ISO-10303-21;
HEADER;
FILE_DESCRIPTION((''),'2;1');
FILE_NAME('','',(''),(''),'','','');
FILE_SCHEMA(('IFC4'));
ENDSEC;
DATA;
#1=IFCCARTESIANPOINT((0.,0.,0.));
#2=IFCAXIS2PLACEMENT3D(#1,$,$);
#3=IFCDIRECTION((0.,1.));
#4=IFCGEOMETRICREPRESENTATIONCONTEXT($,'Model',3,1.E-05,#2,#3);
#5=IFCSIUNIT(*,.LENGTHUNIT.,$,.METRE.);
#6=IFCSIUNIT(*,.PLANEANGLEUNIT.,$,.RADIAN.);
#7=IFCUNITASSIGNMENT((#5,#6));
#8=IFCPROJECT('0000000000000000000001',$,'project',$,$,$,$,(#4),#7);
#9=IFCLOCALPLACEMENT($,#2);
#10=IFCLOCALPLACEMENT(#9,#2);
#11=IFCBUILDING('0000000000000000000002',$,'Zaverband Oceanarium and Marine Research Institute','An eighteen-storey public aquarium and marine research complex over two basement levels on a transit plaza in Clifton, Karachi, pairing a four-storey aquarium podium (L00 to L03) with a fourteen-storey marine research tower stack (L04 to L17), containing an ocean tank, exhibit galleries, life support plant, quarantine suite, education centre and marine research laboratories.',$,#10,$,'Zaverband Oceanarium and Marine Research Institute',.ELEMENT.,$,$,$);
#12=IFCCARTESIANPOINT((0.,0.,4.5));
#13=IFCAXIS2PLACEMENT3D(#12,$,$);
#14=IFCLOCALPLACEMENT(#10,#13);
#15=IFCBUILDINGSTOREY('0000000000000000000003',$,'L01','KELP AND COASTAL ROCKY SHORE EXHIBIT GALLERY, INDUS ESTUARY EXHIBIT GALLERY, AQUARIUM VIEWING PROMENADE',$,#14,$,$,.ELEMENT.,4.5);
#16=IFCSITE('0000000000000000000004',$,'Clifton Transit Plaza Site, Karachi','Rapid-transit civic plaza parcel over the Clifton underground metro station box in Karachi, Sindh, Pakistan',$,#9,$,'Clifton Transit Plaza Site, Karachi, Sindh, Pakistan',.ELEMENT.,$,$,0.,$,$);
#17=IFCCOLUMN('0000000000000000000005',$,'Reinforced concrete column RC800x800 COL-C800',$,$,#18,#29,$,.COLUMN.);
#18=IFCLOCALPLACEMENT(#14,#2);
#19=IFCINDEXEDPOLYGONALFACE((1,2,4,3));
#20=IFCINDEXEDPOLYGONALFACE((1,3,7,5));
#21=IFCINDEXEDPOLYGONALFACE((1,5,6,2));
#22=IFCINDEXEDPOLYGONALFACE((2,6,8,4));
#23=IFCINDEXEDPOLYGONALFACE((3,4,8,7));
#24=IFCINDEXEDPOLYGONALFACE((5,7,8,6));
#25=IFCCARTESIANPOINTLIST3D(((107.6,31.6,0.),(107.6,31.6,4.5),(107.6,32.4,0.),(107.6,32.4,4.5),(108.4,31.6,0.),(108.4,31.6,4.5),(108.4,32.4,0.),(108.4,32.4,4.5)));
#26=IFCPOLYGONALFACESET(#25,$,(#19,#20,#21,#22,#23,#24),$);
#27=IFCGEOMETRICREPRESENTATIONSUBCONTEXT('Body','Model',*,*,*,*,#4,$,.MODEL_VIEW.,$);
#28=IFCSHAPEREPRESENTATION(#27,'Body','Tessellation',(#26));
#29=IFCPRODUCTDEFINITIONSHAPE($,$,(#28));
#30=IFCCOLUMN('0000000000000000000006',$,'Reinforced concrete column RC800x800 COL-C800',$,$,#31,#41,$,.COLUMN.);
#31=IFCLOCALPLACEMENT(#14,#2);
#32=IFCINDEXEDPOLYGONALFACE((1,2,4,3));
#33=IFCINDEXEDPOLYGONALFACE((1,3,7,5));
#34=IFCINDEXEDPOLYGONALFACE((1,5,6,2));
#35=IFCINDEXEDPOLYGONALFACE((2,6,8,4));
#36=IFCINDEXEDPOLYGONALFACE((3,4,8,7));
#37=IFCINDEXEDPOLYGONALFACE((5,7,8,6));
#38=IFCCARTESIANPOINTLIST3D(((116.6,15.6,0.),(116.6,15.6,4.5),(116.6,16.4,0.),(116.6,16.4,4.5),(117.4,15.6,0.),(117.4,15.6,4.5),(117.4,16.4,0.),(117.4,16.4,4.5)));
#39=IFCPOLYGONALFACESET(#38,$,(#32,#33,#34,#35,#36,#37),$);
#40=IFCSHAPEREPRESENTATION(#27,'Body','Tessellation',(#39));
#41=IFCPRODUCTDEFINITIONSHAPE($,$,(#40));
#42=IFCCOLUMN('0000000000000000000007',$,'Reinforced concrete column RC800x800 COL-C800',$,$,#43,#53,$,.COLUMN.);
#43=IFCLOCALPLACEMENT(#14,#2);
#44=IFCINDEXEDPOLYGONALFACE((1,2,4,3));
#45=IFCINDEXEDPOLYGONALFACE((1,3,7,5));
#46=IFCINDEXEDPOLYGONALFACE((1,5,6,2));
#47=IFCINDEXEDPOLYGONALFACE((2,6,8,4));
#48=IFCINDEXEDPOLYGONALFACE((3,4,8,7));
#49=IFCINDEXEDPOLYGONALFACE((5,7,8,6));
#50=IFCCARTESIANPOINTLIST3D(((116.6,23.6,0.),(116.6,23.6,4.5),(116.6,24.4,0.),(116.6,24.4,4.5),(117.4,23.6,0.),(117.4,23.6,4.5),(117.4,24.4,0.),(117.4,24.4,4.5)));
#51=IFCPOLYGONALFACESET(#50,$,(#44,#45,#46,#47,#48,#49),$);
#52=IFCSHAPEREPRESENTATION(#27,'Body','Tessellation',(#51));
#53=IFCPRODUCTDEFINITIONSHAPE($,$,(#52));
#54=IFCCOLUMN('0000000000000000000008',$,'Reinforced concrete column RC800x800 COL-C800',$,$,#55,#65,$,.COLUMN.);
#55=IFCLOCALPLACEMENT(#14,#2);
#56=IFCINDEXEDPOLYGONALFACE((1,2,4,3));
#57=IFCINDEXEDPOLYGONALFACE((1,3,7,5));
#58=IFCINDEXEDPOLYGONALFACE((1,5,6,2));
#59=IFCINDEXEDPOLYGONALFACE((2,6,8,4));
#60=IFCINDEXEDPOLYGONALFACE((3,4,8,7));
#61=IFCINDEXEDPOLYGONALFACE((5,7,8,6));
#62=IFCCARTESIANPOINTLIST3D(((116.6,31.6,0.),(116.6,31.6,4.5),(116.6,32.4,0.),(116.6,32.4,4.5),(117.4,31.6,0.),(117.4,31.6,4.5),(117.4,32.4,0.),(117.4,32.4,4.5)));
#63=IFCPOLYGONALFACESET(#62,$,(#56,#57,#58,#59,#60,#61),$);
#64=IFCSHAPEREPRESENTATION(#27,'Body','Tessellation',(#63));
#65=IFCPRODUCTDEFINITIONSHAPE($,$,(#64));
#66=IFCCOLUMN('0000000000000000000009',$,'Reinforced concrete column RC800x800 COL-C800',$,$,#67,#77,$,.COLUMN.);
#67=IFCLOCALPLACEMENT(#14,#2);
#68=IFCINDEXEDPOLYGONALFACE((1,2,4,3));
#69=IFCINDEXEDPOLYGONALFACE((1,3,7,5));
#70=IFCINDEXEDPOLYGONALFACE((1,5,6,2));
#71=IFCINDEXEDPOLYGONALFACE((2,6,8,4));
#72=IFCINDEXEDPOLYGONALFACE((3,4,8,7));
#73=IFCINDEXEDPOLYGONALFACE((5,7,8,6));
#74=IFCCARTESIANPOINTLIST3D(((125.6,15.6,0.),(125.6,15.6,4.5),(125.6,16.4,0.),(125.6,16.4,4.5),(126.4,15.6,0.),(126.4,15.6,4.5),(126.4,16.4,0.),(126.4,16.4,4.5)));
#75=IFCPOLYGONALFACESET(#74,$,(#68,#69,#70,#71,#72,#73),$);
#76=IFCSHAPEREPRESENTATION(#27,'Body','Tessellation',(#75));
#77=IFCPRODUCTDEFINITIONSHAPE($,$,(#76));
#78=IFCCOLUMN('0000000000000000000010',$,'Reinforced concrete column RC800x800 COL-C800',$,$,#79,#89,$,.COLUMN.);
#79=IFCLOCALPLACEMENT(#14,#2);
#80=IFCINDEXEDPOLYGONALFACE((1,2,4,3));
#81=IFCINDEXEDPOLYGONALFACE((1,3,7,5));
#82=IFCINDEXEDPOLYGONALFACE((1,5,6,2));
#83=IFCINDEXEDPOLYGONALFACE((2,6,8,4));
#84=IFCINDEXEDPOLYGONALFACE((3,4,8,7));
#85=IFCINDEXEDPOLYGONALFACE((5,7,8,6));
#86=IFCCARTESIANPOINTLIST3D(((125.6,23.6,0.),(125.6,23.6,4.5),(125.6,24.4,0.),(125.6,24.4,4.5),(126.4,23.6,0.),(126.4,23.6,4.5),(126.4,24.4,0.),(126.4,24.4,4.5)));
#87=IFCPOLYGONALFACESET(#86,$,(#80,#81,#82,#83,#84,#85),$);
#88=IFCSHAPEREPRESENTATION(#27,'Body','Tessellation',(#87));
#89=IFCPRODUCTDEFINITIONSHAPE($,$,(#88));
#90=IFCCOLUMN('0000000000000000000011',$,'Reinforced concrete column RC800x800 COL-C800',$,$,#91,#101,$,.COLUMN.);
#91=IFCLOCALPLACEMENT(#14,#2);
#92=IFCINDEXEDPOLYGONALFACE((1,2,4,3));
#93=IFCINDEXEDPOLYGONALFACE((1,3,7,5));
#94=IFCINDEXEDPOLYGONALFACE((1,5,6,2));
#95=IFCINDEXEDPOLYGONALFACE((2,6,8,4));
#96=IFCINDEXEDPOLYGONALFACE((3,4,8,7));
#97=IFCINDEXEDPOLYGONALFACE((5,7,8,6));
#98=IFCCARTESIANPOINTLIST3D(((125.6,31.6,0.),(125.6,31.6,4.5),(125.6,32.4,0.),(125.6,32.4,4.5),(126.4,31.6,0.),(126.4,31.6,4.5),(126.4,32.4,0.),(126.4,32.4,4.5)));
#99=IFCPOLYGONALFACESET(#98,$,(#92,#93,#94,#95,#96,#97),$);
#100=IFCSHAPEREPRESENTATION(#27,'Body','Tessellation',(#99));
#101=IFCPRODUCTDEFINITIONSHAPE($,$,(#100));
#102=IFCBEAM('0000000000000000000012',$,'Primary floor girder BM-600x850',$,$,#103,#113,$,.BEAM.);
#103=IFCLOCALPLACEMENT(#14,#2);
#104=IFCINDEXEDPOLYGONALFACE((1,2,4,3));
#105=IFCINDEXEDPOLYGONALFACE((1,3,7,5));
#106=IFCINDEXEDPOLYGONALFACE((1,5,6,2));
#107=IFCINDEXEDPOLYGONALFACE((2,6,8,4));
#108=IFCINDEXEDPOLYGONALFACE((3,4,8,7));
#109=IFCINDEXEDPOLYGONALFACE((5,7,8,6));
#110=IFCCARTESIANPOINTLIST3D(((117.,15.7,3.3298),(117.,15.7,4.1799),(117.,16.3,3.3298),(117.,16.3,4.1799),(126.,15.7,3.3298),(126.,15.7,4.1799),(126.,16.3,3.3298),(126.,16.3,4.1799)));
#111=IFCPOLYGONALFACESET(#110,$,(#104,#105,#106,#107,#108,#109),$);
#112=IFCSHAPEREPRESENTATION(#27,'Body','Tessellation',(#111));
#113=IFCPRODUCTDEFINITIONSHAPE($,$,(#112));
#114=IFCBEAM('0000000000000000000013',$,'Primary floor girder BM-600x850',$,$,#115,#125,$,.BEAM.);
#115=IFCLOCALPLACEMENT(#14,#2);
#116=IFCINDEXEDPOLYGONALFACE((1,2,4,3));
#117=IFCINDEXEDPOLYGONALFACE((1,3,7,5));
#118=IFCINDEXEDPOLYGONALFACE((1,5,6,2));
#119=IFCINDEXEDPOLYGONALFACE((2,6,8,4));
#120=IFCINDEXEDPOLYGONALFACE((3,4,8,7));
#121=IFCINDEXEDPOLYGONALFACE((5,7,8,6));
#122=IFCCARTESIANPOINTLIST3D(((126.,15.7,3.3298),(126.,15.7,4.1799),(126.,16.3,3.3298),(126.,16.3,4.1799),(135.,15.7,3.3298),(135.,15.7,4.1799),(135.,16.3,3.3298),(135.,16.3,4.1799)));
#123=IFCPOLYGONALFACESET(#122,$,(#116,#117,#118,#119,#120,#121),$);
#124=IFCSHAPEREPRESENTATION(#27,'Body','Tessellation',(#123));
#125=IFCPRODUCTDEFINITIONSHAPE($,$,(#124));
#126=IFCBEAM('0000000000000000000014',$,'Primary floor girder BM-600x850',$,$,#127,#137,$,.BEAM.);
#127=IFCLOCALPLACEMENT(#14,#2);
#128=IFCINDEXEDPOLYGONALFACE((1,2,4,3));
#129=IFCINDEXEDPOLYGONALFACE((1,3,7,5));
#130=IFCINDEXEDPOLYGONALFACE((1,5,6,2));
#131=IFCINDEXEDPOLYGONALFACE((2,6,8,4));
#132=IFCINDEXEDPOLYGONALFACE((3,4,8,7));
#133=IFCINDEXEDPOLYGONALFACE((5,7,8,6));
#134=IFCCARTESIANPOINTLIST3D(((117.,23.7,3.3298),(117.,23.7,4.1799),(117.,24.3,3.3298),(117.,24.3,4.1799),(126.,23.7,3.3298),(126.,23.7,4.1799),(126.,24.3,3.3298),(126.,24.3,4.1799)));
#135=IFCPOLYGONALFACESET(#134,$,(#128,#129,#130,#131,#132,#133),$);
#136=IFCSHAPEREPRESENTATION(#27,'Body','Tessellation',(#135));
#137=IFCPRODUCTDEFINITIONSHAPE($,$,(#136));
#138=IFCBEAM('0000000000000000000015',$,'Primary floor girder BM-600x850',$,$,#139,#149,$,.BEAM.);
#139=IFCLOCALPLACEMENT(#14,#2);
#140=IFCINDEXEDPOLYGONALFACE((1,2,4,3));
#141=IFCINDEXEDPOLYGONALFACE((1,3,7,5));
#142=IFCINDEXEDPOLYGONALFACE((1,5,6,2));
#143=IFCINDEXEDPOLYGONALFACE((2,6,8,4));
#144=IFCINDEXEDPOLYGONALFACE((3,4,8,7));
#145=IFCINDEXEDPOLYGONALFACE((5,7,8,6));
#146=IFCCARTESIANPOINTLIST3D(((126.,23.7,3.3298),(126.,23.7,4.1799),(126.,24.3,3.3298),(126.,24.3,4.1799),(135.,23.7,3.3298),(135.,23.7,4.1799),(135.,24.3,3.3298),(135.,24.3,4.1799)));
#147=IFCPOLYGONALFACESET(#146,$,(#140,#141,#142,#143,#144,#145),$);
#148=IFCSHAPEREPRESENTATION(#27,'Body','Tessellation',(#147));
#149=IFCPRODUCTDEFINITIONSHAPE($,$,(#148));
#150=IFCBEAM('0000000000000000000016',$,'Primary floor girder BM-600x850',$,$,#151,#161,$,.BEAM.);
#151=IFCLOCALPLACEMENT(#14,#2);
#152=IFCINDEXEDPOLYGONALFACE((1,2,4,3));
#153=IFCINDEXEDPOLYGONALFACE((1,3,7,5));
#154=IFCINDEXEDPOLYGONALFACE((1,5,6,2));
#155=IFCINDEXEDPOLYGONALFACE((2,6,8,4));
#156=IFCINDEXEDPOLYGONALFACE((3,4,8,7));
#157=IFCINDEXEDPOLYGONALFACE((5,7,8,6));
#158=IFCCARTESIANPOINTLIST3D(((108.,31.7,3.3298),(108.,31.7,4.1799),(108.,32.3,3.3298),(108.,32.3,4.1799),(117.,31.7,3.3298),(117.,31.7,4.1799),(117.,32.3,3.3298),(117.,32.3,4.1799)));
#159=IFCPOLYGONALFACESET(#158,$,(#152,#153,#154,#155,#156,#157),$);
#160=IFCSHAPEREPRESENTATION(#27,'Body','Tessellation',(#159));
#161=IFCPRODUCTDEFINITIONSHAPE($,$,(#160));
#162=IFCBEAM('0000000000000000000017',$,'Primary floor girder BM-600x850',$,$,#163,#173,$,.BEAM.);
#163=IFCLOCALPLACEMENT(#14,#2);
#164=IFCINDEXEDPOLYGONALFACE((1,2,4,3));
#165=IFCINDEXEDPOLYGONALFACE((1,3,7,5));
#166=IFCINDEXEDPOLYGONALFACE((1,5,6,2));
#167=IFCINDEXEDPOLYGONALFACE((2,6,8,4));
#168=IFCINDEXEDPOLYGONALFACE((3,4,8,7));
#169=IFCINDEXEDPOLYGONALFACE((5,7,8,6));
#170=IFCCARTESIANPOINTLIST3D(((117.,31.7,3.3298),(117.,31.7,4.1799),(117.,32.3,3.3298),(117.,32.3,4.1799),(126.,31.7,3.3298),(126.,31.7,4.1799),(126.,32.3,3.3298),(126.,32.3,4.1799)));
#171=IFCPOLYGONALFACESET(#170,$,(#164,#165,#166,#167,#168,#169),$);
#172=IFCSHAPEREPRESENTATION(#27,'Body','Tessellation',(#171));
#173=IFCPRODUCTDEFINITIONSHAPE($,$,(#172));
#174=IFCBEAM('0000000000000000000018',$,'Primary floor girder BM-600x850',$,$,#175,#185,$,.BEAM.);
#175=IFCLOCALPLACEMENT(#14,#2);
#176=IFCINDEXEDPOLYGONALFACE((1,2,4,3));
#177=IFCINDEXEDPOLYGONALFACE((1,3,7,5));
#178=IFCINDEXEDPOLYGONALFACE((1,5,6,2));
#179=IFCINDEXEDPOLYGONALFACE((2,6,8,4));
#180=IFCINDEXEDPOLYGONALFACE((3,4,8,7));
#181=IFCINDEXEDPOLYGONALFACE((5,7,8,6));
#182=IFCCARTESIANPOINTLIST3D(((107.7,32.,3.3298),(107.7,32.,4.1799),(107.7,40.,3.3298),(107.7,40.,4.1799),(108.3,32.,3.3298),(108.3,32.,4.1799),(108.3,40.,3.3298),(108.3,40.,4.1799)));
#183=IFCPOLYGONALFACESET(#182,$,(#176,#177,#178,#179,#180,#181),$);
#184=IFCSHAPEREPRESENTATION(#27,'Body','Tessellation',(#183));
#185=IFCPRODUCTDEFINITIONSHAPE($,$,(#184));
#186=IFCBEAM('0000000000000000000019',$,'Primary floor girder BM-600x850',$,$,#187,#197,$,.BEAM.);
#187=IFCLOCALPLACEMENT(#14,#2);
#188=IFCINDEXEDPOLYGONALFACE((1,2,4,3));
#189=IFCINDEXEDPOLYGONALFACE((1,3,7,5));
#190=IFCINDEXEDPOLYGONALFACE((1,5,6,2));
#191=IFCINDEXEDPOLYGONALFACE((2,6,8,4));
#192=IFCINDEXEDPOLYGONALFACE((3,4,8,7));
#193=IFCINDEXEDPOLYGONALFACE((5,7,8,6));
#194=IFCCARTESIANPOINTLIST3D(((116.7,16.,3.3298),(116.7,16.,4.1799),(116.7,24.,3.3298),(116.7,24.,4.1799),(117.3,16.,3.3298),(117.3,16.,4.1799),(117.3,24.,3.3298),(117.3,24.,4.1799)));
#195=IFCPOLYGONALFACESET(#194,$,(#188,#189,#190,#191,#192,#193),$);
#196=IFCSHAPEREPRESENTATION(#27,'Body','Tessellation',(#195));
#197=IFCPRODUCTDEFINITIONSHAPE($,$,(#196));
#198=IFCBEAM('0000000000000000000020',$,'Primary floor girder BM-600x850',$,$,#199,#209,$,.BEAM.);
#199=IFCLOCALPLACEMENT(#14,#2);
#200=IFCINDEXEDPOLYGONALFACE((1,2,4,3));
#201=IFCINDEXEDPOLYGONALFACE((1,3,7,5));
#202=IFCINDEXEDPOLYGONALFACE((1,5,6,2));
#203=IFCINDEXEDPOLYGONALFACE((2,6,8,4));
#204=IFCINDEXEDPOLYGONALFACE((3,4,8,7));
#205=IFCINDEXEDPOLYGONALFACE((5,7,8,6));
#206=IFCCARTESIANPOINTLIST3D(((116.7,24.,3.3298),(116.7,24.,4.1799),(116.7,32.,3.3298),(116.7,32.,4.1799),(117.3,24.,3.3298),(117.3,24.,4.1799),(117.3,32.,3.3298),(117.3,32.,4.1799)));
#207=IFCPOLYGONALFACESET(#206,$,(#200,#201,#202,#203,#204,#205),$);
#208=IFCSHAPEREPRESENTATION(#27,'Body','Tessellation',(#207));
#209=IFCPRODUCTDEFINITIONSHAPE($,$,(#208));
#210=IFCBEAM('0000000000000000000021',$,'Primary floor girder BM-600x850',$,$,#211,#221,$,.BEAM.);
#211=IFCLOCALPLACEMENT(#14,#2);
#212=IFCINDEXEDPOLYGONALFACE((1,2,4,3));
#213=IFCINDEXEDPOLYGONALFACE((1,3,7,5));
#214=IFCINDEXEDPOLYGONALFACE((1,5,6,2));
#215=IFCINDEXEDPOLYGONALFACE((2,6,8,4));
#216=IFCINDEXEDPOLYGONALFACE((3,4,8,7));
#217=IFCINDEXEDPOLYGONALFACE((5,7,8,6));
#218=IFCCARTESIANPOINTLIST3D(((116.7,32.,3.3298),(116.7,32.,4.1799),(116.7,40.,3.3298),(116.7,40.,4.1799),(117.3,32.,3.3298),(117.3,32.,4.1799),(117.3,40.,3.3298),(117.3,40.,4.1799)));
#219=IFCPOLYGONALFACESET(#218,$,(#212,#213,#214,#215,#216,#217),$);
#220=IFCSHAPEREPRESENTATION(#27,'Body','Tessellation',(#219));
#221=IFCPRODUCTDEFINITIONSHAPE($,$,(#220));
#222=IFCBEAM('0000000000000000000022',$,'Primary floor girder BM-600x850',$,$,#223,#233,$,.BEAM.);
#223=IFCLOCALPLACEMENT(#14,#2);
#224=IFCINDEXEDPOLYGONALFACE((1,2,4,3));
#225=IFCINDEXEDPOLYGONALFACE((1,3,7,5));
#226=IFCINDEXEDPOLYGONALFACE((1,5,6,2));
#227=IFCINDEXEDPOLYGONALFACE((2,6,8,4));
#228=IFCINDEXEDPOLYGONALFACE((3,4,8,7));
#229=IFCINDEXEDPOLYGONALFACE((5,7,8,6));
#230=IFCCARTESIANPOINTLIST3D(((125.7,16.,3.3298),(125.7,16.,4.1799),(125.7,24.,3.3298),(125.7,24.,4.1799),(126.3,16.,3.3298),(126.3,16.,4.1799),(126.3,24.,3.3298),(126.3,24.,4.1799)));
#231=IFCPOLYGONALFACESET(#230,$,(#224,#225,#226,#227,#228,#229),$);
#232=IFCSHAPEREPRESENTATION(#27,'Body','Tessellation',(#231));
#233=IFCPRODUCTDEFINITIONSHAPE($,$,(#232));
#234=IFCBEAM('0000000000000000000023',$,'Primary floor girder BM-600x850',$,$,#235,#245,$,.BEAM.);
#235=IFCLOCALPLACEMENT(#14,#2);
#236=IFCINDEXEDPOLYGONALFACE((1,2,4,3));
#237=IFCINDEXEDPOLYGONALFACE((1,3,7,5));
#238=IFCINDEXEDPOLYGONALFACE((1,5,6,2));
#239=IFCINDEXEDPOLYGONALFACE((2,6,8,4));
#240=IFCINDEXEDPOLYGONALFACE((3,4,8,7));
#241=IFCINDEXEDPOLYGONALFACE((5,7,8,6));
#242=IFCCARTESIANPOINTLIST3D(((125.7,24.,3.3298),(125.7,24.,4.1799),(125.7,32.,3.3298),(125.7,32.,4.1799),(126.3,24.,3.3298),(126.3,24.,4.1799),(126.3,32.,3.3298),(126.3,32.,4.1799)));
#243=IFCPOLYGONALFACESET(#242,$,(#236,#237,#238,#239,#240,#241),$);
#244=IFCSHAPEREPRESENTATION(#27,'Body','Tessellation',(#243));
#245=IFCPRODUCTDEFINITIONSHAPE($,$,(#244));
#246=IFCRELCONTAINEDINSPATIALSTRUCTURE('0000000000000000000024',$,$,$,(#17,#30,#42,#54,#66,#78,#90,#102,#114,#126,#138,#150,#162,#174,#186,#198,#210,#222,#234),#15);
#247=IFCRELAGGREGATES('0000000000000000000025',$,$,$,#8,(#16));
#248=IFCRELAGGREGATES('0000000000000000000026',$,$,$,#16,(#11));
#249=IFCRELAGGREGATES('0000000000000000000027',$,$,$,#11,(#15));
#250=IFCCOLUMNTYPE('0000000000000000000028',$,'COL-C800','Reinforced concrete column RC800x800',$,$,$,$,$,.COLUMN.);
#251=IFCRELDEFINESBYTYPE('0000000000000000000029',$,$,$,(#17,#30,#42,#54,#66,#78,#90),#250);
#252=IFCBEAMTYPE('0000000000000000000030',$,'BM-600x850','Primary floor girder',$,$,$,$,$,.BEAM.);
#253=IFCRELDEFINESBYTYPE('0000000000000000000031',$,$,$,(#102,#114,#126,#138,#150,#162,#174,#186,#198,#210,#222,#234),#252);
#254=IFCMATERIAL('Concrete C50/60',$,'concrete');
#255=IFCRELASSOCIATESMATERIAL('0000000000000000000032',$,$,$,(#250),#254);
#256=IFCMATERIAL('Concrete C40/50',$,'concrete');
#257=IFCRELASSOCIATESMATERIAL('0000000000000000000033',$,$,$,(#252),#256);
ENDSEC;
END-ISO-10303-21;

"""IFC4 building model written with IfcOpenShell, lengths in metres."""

from ifc_helpers import new_model, si_unit, direction, frame, origin, origin_2d, place, context, subcontext, project, spatial, rectangle, extrude, material, material_profile, profile_set, type_object, element, save


model = new_model("IFC4")

# Units and contexts
model_context = context("Model", 3, precision=1e-05, world=origin(), true_north=direction((0.0, 1.0)))
body_context = subcontext(model_context, "Body", "Model", "MODEL_VIEW")
ifc_project = project(units=[si_unit("LENGTHUNIT", "METRE"), si_unit("PLANEANGLEUNIT", "RADIAN")], contexts=[model_context])

# Site, building, storey
site_placement = place(None, origin())
site = spatial("IfcSite", under=ifc_project, at=site_placement, Name="Clifton Transit Plaza Site, Karachi", Description="Rapid-transit civic plaza parcel over the Clifton underground metro station box in Karachi, Sindh, Pakistan", LongName="Clifton Transit Plaza Site, Karachi, Sindh, Pakistan", CompositionType="ELEMENT", RefElevation=0.0)
building_placement = place(site_placement, origin())
building = spatial("IfcBuilding", under=site, at=building_placement, Name="Zaverband Oceanarium and Marine Research Institute", Description="An eighteen-storey public aquarium and marine research complex over two basement levels on a transit plaza in Clifton, Karachi, pairing a four-storey aquarium podium (L00 to L03) with a fourteen-storey marine research tower stack (L04 to L17), containing an ocean tank, exhibit galleries, life support plant, quarantine suite, education centre and marine research laboratories.", LongName="Zaverband Oceanarium and Marine Research Institute", CompositionType="ELEMENT")
storey_placement = place(building_placement, frame((0.0, 0.0, 4.5)))
storey = spatial("IfcBuildingStorey", under=building, at=storey_placement, Name="L01", Description="KELP AND COASTAL ROCKY SHORE EXHIBIT GALLERY, INDUS ESTUARY EXHIBIT GALLERY, AQUARIUM VIEWING PROMENADE", CompositionType="ELEMENT", Elevation=4.5)

# Columns
ifc_material_1 = material(Name="Concrete C50/60", Category="concrete")
ifc_material_profile_1 = material_profile(ifc_material_1, rectangle(XDim=0.8, YDim=0.8, at=origin_2d()), Name="RC800x800")
ifc_profile_set_1 = profile_set([ifc_material_profile_1], Name="Concrete C50/60")
column_type = type_object("IfcColumnType", Name="COL-C800", Description="Reinforced concrete column RC800x800", PredefinedType="COLUMN", material=ifc_profile_set_1)
for number, where, z_axis, x_axis, name in (
    (1, (108.0, 32.0, 0.0), (0.0, 0.0, 1.0), (1.0, 0.0, 0.0), "Reinforced concrete column RC800x800 COL-C800"),
    (2, (117.0, 16.0, 0.0), (0.0, 0.0, 1.0), (1.0, 0.0, 0.0), "Reinforced concrete column RC800x800 COL-C800"),
    (3, (117.0, 24.0, 0.0), (0.0, 0.0, 1.0), (1.0, 0.0, 0.0), "Reinforced concrete column RC800x800 COL-C800"),
    (4, (117.0, 32.0, 0.0), (0.0, 0.0, 1.0), (1.0, 0.0, 0.0), "Reinforced concrete column RC800x800 COL-C800"),
    (5, (126.0, 16.0, 0.0), (0.0, 0.0, 1.0), (1.0, 0.0, 0.0), "Reinforced concrete column RC800x800 COL-C800"),
    (6, (126.0, 24.0, 0.0), (0.0, 0.0, 1.0), (1.0, 0.0, 0.0), "Reinforced concrete column RC800x800 COL-C800"),
    (7, (126.0, 32.0, 0.0), (0.0, 0.0, 1.0), (1.0, 0.0, 0.0), "Reinforced concrete column RC800x800 COL-C800"),
):
    element("IfcColumn", number, at=place(storey_placement, frame(where, z_axis=z_axis, x_axis=x_axis)), inside=storey, type_object=column_type, Name=name, PredefinedType="COLUMN", context=body_context, shape_type="SweptSolid", body=[
        extrude(rectangle(XDim=0.8, YDim=0.8, at=origin_2d()), origin(), (0.0, 0.0, 1.0), 4.5),
    ])

# Beams
ifc_material_2 = material(Name="Concrete C40/50", Category="concrete")
ifc_material_profile_2 = material_profile(ifc_material_2, rectangle(XDim=0.6001, YDim=0.8501, at=origin_2d()), Name="RC600x850")
ifc_profile_set_2 = profile_set([ifc_material_profile_2], Name="Concrete C40/50")
beam_type_1 = type_object("IfcBeamType", Name="BM-600x850", Description="Primary floor girder", PredefinedType="BEAM", material=ifc_profile_set_2)
for number, where, z_axis, x_axis, name in (
    (8, (117.0, 16.0, 3.7549), (1.0, 0.0, 0.0), (0.0, 1.0, 0.0), "Primary floor girder BM-600x850"),
    (9, (126.0, 16.0, 3.7549), (1.0, 0.0, 0.0), (0.0, 1.0, 0.0), "Primary floor girder BM-600x850"),
    (10, (117.0, 24.0, 3.7549), (1.0, 0.0, 0.0), (0.0, 1.0, 0.0), "Primary floor girder BM-600x850"),
    (11, (126.0, 24.0, 3.7549), (1.0, 0.0, 0.0), (0.0, 1.0, 0.0), "Primary floor girder BM-600x850"),
    (12, (108.0, 32.0, 3.7549), (1.0, 0.0, 0.0), (0.0, 1.0, 0.0), "Primary floor girder BM-600x850"),
    (13, (117.0, 32.0, 3.7549), (1.0, 0.0, 0.0), (0.0, 1.0, 0.0), "Primary floor girder BM-600x850"),
):
    element("IfcBeam", number, at=place(storey_placement, frame(where, z_axis=z_axis, x_axis=x_axis)), inside=storey, type_object=beam_type_1, Name=name, PredefinedType="BEAM", context=body_context, shape_type="SweptSolid", body=[
        extrude(rectangle(XDim=0.6001, YDim=0.8501, at=origin_2d()), origin(), (0.0, 0.0, 1.0), 9.0),
    ])
for number, where, z_axis, x_axis, name in (
    (14, (108.0, 32.0, 3.7549), (0.0, 1.0, 0.0), (-1.0, 0.0, 0.0), "Primary floor girder BM-600x850"),
    (15, (117.0, 16.0, 3.7549), (0.0, 1.0, 0.0), (-1.0, 0.0, 0.0), "Primary floor girder BM-600x850"),
    (16, (117.0, 24.0, 3.7549), (0.0, 1.0, 0.0), (-1.0, 0.0, 0.0), "Primary floor girder BM-600x850"),
    (17, (117.0, 32.0, 3.7549), (0.0, 1.0, 0.0), (-1.0, 0.0, 0.0), "Primary floor girder BM-600x850"),
    (18, (126.0, 16.0, 3.7549), (0.0, 1.0, 0.0), (-1.0, 0.0, 0.0), "Primary floor girder BM-600x850"),
    (19, (126.0, 24.0, 3.7549), (0.0, 1.0, 0.0), (-1.0, 0.0, 0.0), "Primary floor girder BM-600x850"),
):
    element("IfcBeam", number, at=place(storey_placement, frame(where, z_axis=z_axis, x_axis=x_axis)), inside=storey, type_object=beam_type_1, Name=name, PredefinedType="BEAM", context=body_context, shape_type="SweptSolid", body=[
        extrude(rectangle(XDim=0.6001, YDim=0.8501, at=origin_2d()), origin(), (0.0, 0.0, 1.0), 8.0),
    ])

save(model, "model.ifc")
